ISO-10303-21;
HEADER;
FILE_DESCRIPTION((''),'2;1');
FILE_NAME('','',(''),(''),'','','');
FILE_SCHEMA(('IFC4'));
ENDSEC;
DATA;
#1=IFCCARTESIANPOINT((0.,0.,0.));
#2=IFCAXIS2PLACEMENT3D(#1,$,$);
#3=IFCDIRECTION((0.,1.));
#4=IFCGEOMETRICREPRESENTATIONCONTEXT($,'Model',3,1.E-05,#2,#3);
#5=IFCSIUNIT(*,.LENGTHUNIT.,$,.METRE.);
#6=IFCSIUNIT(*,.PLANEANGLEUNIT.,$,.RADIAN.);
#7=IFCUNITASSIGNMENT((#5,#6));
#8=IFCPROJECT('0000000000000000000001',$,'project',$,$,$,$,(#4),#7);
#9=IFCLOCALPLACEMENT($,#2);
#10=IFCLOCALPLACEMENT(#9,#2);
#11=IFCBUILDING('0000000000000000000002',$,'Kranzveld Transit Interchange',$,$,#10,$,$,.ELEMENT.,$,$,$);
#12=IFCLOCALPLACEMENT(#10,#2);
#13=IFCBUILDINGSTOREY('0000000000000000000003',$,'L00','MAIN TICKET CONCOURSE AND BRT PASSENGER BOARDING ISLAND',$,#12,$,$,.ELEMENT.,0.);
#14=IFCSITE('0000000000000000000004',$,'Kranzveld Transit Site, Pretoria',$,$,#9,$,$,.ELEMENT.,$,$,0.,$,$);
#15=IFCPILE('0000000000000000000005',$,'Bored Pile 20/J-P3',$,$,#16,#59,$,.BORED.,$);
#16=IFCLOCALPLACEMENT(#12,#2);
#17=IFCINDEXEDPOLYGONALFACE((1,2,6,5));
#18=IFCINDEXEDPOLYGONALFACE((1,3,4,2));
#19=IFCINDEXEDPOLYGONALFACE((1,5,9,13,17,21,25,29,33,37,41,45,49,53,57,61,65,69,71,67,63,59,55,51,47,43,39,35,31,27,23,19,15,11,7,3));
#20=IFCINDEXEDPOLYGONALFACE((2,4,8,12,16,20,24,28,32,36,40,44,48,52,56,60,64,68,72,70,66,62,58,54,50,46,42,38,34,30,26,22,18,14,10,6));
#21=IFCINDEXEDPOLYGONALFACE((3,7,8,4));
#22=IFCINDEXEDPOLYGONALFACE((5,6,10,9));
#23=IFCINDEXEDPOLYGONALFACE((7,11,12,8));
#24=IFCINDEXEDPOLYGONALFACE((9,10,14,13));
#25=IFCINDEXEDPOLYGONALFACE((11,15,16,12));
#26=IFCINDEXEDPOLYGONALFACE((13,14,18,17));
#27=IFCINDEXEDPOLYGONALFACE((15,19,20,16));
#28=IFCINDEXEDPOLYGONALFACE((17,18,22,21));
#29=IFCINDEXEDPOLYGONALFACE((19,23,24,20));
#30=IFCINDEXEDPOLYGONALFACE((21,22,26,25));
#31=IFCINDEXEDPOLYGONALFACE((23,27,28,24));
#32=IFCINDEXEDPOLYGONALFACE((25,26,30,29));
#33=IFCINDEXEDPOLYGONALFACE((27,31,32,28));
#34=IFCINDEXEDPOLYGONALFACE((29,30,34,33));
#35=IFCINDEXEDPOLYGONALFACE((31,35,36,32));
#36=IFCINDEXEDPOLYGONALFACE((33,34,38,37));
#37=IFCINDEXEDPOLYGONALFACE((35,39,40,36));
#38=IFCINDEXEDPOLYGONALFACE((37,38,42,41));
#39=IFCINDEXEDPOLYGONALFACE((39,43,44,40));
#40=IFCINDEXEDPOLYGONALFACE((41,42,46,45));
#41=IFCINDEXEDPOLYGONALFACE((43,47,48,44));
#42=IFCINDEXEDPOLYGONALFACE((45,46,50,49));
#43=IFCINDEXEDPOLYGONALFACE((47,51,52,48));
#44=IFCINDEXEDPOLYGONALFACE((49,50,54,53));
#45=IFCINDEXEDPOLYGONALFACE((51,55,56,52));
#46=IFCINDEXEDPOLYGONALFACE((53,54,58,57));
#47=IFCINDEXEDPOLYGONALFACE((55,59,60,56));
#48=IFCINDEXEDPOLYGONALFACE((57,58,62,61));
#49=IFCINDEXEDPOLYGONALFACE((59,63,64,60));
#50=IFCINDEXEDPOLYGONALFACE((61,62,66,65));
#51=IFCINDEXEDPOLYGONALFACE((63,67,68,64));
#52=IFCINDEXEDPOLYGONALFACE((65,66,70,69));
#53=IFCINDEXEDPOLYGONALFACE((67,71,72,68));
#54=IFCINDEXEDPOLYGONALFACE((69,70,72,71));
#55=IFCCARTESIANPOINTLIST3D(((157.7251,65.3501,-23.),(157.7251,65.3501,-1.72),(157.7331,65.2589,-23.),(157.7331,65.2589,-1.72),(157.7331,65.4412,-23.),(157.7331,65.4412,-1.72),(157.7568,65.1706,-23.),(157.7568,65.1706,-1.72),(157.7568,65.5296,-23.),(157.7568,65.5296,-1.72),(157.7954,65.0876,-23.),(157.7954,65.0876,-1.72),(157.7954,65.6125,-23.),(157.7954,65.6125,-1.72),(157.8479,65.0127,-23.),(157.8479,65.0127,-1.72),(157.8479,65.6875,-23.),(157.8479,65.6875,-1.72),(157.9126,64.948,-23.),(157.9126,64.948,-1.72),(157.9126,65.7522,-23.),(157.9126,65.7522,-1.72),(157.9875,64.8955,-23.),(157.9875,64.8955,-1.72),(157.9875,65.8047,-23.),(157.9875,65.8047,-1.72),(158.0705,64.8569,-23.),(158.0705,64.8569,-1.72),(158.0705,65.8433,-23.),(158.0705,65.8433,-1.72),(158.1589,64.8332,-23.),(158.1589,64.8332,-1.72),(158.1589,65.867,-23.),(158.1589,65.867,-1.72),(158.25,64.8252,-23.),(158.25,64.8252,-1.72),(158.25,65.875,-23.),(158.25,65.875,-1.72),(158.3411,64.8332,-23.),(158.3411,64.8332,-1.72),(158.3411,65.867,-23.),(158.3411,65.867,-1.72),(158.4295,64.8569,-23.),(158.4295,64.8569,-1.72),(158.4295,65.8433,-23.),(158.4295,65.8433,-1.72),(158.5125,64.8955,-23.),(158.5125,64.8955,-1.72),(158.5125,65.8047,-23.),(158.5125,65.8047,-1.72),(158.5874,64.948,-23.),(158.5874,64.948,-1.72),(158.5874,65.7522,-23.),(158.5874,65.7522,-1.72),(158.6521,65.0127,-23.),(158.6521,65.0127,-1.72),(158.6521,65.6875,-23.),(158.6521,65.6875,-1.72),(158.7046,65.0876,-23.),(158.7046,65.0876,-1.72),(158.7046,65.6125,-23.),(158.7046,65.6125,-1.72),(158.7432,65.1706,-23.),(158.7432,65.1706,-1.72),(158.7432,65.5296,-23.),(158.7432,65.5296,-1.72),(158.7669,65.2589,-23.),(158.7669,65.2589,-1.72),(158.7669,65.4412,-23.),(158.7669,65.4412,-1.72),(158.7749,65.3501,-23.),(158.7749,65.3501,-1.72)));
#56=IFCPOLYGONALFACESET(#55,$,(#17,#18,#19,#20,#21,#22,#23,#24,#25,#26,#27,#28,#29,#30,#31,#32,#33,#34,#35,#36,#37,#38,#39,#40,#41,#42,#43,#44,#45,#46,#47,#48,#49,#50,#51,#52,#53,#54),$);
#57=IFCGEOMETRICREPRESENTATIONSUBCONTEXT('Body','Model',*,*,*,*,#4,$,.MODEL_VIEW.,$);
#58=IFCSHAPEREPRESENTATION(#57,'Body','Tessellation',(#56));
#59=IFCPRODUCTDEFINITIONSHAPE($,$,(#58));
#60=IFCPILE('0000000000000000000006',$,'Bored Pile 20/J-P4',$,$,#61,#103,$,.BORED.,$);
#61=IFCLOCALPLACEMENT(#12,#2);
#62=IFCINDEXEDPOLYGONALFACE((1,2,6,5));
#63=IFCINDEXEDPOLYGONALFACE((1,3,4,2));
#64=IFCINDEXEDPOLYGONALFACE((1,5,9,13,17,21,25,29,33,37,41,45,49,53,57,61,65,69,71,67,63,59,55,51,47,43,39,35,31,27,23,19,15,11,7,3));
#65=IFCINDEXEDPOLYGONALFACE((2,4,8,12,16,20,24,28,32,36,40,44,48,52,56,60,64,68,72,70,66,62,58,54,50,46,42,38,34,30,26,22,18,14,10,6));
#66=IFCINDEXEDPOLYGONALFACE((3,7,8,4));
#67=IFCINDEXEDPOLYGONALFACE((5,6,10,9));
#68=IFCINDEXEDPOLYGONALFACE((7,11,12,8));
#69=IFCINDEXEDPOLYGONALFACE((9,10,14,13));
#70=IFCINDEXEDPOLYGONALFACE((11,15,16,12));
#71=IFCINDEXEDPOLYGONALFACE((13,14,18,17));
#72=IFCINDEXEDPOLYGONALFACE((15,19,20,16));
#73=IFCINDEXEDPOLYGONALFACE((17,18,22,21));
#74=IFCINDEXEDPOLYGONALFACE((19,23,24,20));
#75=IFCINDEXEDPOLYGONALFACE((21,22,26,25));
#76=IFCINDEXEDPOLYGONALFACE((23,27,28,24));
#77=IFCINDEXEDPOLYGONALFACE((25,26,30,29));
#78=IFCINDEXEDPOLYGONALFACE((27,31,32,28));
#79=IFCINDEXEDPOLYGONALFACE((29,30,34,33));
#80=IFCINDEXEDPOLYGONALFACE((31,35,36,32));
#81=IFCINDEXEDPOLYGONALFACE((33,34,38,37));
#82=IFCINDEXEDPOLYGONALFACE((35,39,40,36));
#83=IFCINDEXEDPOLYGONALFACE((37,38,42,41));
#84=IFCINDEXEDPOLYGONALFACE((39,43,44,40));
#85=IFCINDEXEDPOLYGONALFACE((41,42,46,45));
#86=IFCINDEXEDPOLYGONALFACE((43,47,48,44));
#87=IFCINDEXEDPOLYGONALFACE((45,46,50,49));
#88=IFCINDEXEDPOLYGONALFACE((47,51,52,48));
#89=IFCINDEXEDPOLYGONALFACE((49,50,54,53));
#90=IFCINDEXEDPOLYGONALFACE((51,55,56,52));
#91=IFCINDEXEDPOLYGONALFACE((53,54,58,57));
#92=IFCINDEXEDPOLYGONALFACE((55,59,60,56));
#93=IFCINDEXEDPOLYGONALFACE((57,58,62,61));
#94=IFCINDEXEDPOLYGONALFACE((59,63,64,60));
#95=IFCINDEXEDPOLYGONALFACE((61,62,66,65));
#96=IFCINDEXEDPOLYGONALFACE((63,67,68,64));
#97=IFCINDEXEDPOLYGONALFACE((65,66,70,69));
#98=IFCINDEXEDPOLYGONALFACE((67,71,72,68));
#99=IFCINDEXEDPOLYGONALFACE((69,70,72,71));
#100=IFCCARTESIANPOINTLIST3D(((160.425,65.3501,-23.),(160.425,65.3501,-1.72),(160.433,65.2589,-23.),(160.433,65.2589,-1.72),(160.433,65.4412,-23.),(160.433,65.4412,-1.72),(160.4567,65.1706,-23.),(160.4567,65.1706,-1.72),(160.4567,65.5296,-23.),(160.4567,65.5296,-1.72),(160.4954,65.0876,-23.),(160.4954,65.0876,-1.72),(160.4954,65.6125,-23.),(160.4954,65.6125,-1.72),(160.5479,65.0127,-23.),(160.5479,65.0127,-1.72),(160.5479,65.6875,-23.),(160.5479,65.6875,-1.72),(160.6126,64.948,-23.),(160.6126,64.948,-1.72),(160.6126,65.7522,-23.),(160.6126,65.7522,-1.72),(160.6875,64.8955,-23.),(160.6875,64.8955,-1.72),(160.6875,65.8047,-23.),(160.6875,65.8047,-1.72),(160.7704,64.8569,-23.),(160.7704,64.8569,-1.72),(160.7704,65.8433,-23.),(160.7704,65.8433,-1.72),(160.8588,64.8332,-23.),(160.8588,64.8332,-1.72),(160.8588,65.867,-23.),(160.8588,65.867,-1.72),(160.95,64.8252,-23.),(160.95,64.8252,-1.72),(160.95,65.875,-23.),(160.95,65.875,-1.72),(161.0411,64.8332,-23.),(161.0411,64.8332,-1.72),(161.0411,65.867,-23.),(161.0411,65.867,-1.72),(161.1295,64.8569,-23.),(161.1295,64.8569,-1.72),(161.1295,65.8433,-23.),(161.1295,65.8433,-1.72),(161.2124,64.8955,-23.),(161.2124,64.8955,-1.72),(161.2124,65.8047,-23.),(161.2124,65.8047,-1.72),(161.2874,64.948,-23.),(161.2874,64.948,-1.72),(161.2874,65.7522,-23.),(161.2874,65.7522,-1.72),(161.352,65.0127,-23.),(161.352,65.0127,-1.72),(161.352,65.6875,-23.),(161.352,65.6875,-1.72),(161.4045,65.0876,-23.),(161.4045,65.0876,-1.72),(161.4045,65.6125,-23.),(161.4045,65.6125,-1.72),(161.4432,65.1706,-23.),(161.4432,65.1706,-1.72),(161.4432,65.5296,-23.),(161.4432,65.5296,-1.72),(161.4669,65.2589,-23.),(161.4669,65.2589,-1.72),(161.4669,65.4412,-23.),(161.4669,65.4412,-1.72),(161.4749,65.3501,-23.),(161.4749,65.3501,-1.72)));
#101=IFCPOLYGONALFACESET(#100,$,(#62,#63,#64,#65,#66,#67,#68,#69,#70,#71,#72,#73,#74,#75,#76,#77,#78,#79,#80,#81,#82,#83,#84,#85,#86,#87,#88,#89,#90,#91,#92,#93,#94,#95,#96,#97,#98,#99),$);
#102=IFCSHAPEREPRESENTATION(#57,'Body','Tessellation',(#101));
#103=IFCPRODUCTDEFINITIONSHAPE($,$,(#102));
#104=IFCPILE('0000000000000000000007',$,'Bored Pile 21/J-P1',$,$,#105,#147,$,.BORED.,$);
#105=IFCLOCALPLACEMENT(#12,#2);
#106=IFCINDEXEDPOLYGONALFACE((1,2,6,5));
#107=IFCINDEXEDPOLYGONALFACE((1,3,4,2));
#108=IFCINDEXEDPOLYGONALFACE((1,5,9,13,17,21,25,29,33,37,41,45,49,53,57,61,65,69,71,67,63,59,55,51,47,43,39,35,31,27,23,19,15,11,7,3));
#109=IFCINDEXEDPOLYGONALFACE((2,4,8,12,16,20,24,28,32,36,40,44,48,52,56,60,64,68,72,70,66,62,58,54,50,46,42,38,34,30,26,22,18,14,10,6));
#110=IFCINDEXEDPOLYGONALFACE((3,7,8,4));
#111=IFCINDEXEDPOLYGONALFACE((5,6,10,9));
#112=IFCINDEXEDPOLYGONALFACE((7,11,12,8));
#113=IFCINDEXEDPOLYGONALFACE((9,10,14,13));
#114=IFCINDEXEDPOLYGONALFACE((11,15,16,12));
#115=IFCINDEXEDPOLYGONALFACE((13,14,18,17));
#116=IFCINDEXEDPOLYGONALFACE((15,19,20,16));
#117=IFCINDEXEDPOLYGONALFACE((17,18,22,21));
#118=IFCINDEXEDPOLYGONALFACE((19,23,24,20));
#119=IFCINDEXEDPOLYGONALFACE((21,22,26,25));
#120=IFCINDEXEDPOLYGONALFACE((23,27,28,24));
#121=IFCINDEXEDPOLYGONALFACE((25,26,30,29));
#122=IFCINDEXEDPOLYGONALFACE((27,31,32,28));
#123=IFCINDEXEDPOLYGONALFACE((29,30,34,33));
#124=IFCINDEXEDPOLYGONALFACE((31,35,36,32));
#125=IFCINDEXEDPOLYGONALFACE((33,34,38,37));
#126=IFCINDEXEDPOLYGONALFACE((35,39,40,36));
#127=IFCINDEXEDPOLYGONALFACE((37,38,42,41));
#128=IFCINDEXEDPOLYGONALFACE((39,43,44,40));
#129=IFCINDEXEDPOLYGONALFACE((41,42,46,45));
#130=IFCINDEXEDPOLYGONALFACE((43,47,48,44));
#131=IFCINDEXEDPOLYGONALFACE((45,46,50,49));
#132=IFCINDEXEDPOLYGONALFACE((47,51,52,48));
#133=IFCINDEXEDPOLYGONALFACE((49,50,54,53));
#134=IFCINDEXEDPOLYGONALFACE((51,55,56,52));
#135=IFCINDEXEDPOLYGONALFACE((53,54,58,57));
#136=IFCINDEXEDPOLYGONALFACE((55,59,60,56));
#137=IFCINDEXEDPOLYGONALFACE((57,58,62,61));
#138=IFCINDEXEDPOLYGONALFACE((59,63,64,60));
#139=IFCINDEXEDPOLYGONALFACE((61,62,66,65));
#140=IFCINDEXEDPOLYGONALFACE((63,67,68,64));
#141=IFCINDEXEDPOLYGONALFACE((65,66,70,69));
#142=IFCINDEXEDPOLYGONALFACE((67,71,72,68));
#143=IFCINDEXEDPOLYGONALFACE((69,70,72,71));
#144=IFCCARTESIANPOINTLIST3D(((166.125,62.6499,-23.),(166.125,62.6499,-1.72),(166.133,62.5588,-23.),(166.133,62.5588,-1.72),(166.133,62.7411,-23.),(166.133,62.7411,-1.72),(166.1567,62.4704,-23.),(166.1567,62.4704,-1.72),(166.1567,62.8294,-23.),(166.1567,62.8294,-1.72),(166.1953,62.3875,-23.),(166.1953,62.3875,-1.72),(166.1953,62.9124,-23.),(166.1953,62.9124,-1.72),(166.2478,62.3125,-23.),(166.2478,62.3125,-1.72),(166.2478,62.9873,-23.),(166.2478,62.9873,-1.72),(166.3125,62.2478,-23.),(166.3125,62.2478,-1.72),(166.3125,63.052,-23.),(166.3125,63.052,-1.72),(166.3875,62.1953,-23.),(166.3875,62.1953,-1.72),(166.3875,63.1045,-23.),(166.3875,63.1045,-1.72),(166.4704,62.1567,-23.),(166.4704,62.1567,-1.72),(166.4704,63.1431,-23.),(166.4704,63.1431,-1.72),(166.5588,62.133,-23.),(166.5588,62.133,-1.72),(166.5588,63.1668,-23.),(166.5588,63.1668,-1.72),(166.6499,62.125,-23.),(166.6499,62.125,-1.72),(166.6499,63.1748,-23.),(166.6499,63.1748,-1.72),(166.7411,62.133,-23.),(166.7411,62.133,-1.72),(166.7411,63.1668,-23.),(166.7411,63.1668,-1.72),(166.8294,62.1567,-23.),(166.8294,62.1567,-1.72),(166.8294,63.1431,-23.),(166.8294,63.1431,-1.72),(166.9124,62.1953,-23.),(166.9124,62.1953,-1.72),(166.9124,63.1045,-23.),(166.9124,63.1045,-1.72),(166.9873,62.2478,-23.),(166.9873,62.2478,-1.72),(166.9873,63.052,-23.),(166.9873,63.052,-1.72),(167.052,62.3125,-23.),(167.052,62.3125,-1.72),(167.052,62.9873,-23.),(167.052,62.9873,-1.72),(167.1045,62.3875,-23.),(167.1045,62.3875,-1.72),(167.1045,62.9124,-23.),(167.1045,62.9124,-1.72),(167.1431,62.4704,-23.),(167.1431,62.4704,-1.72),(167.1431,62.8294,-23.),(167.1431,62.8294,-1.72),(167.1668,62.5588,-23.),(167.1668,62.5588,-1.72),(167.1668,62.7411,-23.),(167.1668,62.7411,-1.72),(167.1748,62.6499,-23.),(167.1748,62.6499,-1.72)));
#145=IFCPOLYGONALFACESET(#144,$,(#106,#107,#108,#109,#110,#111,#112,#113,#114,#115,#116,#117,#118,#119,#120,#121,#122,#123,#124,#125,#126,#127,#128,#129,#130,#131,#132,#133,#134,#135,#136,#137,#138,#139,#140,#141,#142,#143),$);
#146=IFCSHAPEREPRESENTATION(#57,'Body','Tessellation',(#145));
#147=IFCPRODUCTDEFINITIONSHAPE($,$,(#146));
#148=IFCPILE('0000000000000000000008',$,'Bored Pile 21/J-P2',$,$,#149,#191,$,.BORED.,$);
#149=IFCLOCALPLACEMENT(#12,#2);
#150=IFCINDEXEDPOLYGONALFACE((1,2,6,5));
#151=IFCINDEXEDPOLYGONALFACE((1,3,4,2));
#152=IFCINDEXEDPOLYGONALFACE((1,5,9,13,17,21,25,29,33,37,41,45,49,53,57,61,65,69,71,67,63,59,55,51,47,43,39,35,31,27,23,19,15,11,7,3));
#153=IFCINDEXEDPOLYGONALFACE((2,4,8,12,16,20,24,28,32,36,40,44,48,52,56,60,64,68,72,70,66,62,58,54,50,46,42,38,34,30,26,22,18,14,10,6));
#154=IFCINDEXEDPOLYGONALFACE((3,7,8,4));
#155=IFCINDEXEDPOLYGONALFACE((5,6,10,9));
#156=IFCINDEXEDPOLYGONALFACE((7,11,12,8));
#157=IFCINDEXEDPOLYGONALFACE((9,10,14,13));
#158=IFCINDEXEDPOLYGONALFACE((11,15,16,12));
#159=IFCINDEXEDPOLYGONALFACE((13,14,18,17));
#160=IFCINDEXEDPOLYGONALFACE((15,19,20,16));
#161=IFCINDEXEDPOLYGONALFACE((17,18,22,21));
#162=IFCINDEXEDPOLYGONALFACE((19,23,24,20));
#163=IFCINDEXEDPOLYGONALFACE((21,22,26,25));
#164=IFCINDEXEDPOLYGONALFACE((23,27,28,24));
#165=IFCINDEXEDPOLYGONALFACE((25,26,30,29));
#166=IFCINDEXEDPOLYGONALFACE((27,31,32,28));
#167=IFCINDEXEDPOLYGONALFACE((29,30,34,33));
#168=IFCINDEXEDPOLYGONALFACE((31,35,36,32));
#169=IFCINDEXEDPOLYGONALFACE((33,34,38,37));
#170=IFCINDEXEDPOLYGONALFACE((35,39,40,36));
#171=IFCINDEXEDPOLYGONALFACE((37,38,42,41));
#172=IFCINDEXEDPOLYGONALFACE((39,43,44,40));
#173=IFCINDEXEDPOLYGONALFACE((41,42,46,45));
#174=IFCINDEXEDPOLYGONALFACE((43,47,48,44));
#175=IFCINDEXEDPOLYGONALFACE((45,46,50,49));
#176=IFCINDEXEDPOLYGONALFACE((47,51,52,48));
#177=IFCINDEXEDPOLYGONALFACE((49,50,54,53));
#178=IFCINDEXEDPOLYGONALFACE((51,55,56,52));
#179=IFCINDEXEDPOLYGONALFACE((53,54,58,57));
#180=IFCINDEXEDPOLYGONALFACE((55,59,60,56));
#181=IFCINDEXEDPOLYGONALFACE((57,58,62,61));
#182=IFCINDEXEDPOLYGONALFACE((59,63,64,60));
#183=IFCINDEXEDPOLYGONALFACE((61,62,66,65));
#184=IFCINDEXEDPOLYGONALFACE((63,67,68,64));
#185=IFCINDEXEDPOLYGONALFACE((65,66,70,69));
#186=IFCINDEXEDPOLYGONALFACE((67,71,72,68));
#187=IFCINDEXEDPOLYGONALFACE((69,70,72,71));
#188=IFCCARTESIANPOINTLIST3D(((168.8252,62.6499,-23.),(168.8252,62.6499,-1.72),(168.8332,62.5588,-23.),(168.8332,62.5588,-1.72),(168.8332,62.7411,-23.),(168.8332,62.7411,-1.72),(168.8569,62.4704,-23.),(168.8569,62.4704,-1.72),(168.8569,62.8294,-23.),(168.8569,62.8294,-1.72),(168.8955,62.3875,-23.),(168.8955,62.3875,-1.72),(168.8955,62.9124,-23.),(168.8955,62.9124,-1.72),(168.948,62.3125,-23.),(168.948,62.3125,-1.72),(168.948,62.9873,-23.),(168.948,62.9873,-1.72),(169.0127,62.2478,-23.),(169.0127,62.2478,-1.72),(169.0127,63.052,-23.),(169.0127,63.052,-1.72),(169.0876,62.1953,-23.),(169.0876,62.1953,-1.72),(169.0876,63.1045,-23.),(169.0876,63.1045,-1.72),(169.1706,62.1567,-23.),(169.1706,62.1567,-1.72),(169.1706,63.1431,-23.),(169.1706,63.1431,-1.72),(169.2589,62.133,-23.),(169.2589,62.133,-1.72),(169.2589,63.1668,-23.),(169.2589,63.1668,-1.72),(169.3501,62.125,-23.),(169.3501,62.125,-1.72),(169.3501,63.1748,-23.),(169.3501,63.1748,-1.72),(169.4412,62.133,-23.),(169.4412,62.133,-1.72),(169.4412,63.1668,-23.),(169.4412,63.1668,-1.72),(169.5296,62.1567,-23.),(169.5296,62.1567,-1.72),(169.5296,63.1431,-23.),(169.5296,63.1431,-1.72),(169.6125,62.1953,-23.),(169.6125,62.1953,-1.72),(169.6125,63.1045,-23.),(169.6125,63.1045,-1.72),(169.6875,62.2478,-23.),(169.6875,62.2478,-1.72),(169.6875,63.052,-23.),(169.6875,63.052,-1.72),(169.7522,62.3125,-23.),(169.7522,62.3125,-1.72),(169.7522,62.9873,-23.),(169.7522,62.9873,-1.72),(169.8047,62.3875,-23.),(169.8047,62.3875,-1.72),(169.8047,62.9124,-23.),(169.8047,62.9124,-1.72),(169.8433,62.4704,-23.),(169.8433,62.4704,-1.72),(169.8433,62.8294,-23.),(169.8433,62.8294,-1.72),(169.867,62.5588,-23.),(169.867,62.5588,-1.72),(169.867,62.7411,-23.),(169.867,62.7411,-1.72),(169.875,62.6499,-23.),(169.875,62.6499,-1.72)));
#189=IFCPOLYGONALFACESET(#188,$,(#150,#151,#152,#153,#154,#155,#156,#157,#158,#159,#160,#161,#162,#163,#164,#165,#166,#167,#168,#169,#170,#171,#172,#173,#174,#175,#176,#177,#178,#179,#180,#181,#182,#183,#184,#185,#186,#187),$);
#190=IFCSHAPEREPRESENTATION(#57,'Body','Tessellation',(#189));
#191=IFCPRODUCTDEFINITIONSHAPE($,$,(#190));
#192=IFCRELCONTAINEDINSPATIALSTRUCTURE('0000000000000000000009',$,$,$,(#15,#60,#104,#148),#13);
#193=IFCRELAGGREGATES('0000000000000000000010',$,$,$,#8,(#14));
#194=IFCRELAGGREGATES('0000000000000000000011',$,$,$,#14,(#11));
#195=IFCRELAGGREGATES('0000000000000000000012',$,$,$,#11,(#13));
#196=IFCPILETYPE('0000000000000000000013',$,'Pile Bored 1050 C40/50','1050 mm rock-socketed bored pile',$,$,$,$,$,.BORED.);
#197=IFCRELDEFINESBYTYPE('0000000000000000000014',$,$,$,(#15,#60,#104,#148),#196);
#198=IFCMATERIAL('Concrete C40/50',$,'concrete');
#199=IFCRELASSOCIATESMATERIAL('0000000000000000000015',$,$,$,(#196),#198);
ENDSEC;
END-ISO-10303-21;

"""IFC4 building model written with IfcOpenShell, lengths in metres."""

from ifc_helpers import new_model, si_unit, direction, frame, origin, origin_2d, place, context, subcontext, project, spatial, circle, extrude, material, material_profile, profile_set, type_object, element, save


model = new_model("IFC4")

# Units and contexts
model_context = context("Model", 3, precision=1e-05, world=origin(), true_north=direction((0.0, 1.0)))
body_context = subcontext(model_context, "Body", "Model", "MODEL_VIEW")
ifc_project = project(units=[si_unit("LENGTHUNIT", "METRE"), si_unit("PLANEANGLEUNIT", "RADIAN")], contexts=[model_context])

# Site, building, storey
site_placement = place(None, origin())
site = spatial("IfcSite", under=ifc_project, at=site_placement, Name="Kranzveld Transit Site, Pretoria", CompositionType="ELEMENT", RefElevation=0.0)
building_placement = place(site_placement, origin())
building = spatial("IfcBuilding", under=site, at=building_placement, Name="Kranzveld Transit Interchange", CompositionType="ELEMENT")
storey_placement = place(building_placement, origin())
storey = spatial("IfcBuildingStorey", under=building, at=storey_placement, Name="L00", Description="MAIN TICKET CONCOURSE AND BRT PASSENGER BOARDING ISLAND", CompositionType="ELEMENT", Elevation=0.0)

# Piles
ifc_material_1 = material(Name="Concrete C40/50", Category="concrete")
ifc_material_profile_1 = material_profile(ifc_material_1, circle(Radius=0.5249, at=origin_2d()), Name="BORED PILE 1050")
ifc_profile_set_1 = profile_set([ifc_material_profile_1], Name="Concrete C40/50")
pile_type = type_object("IfcPileType", Name="Pile Bored 1050 C40/50", Description="1050 mm rock-socketed bored pile", PredefinedType="BORED", material=ifc_profile_set_1)
for number, where, z_axis, x_axis, name in (
    (1, (158.25, 65.3501, -1.72), (0.0, 0.0, -1.0), (1.0, 0.0, 0.0), "Bored Pile 20/J-P3"),
    (2, (160.95, 65.3501, -1.72), (0.0, 0.0, -1.0), (1.0, 0.0, 0.0), "Bored Pile 20/J-P4"),
    (3, (166.6499, 62.6499, -1.72), (0.0, 0.0, -1.0), (1.0, 0.0, 0.0), "Bored Pile 21/J-P1"),
    (4, (169.3501, 62.6499, -1.72), (0.0, 0.0, -1.0), (1.0, 0.0, 0.0), "Bored Pile 21/J-P2"),
):
    element("IfcPile", number, at=place(storey_placement, frame(where, z_axis=z_axis, x_axis=x_axis)), inside=storey, type_object=pile_type, Name=name, PredefinedType="BORED", context=body_context, shape_type="SweptSolid", body=[
        extrude(circle(Radius=0.5249, at=origin_2d()), origin(), (0.0, 0.0, 1.0), 21.28),
    ])

save(model, "model.ifc")
